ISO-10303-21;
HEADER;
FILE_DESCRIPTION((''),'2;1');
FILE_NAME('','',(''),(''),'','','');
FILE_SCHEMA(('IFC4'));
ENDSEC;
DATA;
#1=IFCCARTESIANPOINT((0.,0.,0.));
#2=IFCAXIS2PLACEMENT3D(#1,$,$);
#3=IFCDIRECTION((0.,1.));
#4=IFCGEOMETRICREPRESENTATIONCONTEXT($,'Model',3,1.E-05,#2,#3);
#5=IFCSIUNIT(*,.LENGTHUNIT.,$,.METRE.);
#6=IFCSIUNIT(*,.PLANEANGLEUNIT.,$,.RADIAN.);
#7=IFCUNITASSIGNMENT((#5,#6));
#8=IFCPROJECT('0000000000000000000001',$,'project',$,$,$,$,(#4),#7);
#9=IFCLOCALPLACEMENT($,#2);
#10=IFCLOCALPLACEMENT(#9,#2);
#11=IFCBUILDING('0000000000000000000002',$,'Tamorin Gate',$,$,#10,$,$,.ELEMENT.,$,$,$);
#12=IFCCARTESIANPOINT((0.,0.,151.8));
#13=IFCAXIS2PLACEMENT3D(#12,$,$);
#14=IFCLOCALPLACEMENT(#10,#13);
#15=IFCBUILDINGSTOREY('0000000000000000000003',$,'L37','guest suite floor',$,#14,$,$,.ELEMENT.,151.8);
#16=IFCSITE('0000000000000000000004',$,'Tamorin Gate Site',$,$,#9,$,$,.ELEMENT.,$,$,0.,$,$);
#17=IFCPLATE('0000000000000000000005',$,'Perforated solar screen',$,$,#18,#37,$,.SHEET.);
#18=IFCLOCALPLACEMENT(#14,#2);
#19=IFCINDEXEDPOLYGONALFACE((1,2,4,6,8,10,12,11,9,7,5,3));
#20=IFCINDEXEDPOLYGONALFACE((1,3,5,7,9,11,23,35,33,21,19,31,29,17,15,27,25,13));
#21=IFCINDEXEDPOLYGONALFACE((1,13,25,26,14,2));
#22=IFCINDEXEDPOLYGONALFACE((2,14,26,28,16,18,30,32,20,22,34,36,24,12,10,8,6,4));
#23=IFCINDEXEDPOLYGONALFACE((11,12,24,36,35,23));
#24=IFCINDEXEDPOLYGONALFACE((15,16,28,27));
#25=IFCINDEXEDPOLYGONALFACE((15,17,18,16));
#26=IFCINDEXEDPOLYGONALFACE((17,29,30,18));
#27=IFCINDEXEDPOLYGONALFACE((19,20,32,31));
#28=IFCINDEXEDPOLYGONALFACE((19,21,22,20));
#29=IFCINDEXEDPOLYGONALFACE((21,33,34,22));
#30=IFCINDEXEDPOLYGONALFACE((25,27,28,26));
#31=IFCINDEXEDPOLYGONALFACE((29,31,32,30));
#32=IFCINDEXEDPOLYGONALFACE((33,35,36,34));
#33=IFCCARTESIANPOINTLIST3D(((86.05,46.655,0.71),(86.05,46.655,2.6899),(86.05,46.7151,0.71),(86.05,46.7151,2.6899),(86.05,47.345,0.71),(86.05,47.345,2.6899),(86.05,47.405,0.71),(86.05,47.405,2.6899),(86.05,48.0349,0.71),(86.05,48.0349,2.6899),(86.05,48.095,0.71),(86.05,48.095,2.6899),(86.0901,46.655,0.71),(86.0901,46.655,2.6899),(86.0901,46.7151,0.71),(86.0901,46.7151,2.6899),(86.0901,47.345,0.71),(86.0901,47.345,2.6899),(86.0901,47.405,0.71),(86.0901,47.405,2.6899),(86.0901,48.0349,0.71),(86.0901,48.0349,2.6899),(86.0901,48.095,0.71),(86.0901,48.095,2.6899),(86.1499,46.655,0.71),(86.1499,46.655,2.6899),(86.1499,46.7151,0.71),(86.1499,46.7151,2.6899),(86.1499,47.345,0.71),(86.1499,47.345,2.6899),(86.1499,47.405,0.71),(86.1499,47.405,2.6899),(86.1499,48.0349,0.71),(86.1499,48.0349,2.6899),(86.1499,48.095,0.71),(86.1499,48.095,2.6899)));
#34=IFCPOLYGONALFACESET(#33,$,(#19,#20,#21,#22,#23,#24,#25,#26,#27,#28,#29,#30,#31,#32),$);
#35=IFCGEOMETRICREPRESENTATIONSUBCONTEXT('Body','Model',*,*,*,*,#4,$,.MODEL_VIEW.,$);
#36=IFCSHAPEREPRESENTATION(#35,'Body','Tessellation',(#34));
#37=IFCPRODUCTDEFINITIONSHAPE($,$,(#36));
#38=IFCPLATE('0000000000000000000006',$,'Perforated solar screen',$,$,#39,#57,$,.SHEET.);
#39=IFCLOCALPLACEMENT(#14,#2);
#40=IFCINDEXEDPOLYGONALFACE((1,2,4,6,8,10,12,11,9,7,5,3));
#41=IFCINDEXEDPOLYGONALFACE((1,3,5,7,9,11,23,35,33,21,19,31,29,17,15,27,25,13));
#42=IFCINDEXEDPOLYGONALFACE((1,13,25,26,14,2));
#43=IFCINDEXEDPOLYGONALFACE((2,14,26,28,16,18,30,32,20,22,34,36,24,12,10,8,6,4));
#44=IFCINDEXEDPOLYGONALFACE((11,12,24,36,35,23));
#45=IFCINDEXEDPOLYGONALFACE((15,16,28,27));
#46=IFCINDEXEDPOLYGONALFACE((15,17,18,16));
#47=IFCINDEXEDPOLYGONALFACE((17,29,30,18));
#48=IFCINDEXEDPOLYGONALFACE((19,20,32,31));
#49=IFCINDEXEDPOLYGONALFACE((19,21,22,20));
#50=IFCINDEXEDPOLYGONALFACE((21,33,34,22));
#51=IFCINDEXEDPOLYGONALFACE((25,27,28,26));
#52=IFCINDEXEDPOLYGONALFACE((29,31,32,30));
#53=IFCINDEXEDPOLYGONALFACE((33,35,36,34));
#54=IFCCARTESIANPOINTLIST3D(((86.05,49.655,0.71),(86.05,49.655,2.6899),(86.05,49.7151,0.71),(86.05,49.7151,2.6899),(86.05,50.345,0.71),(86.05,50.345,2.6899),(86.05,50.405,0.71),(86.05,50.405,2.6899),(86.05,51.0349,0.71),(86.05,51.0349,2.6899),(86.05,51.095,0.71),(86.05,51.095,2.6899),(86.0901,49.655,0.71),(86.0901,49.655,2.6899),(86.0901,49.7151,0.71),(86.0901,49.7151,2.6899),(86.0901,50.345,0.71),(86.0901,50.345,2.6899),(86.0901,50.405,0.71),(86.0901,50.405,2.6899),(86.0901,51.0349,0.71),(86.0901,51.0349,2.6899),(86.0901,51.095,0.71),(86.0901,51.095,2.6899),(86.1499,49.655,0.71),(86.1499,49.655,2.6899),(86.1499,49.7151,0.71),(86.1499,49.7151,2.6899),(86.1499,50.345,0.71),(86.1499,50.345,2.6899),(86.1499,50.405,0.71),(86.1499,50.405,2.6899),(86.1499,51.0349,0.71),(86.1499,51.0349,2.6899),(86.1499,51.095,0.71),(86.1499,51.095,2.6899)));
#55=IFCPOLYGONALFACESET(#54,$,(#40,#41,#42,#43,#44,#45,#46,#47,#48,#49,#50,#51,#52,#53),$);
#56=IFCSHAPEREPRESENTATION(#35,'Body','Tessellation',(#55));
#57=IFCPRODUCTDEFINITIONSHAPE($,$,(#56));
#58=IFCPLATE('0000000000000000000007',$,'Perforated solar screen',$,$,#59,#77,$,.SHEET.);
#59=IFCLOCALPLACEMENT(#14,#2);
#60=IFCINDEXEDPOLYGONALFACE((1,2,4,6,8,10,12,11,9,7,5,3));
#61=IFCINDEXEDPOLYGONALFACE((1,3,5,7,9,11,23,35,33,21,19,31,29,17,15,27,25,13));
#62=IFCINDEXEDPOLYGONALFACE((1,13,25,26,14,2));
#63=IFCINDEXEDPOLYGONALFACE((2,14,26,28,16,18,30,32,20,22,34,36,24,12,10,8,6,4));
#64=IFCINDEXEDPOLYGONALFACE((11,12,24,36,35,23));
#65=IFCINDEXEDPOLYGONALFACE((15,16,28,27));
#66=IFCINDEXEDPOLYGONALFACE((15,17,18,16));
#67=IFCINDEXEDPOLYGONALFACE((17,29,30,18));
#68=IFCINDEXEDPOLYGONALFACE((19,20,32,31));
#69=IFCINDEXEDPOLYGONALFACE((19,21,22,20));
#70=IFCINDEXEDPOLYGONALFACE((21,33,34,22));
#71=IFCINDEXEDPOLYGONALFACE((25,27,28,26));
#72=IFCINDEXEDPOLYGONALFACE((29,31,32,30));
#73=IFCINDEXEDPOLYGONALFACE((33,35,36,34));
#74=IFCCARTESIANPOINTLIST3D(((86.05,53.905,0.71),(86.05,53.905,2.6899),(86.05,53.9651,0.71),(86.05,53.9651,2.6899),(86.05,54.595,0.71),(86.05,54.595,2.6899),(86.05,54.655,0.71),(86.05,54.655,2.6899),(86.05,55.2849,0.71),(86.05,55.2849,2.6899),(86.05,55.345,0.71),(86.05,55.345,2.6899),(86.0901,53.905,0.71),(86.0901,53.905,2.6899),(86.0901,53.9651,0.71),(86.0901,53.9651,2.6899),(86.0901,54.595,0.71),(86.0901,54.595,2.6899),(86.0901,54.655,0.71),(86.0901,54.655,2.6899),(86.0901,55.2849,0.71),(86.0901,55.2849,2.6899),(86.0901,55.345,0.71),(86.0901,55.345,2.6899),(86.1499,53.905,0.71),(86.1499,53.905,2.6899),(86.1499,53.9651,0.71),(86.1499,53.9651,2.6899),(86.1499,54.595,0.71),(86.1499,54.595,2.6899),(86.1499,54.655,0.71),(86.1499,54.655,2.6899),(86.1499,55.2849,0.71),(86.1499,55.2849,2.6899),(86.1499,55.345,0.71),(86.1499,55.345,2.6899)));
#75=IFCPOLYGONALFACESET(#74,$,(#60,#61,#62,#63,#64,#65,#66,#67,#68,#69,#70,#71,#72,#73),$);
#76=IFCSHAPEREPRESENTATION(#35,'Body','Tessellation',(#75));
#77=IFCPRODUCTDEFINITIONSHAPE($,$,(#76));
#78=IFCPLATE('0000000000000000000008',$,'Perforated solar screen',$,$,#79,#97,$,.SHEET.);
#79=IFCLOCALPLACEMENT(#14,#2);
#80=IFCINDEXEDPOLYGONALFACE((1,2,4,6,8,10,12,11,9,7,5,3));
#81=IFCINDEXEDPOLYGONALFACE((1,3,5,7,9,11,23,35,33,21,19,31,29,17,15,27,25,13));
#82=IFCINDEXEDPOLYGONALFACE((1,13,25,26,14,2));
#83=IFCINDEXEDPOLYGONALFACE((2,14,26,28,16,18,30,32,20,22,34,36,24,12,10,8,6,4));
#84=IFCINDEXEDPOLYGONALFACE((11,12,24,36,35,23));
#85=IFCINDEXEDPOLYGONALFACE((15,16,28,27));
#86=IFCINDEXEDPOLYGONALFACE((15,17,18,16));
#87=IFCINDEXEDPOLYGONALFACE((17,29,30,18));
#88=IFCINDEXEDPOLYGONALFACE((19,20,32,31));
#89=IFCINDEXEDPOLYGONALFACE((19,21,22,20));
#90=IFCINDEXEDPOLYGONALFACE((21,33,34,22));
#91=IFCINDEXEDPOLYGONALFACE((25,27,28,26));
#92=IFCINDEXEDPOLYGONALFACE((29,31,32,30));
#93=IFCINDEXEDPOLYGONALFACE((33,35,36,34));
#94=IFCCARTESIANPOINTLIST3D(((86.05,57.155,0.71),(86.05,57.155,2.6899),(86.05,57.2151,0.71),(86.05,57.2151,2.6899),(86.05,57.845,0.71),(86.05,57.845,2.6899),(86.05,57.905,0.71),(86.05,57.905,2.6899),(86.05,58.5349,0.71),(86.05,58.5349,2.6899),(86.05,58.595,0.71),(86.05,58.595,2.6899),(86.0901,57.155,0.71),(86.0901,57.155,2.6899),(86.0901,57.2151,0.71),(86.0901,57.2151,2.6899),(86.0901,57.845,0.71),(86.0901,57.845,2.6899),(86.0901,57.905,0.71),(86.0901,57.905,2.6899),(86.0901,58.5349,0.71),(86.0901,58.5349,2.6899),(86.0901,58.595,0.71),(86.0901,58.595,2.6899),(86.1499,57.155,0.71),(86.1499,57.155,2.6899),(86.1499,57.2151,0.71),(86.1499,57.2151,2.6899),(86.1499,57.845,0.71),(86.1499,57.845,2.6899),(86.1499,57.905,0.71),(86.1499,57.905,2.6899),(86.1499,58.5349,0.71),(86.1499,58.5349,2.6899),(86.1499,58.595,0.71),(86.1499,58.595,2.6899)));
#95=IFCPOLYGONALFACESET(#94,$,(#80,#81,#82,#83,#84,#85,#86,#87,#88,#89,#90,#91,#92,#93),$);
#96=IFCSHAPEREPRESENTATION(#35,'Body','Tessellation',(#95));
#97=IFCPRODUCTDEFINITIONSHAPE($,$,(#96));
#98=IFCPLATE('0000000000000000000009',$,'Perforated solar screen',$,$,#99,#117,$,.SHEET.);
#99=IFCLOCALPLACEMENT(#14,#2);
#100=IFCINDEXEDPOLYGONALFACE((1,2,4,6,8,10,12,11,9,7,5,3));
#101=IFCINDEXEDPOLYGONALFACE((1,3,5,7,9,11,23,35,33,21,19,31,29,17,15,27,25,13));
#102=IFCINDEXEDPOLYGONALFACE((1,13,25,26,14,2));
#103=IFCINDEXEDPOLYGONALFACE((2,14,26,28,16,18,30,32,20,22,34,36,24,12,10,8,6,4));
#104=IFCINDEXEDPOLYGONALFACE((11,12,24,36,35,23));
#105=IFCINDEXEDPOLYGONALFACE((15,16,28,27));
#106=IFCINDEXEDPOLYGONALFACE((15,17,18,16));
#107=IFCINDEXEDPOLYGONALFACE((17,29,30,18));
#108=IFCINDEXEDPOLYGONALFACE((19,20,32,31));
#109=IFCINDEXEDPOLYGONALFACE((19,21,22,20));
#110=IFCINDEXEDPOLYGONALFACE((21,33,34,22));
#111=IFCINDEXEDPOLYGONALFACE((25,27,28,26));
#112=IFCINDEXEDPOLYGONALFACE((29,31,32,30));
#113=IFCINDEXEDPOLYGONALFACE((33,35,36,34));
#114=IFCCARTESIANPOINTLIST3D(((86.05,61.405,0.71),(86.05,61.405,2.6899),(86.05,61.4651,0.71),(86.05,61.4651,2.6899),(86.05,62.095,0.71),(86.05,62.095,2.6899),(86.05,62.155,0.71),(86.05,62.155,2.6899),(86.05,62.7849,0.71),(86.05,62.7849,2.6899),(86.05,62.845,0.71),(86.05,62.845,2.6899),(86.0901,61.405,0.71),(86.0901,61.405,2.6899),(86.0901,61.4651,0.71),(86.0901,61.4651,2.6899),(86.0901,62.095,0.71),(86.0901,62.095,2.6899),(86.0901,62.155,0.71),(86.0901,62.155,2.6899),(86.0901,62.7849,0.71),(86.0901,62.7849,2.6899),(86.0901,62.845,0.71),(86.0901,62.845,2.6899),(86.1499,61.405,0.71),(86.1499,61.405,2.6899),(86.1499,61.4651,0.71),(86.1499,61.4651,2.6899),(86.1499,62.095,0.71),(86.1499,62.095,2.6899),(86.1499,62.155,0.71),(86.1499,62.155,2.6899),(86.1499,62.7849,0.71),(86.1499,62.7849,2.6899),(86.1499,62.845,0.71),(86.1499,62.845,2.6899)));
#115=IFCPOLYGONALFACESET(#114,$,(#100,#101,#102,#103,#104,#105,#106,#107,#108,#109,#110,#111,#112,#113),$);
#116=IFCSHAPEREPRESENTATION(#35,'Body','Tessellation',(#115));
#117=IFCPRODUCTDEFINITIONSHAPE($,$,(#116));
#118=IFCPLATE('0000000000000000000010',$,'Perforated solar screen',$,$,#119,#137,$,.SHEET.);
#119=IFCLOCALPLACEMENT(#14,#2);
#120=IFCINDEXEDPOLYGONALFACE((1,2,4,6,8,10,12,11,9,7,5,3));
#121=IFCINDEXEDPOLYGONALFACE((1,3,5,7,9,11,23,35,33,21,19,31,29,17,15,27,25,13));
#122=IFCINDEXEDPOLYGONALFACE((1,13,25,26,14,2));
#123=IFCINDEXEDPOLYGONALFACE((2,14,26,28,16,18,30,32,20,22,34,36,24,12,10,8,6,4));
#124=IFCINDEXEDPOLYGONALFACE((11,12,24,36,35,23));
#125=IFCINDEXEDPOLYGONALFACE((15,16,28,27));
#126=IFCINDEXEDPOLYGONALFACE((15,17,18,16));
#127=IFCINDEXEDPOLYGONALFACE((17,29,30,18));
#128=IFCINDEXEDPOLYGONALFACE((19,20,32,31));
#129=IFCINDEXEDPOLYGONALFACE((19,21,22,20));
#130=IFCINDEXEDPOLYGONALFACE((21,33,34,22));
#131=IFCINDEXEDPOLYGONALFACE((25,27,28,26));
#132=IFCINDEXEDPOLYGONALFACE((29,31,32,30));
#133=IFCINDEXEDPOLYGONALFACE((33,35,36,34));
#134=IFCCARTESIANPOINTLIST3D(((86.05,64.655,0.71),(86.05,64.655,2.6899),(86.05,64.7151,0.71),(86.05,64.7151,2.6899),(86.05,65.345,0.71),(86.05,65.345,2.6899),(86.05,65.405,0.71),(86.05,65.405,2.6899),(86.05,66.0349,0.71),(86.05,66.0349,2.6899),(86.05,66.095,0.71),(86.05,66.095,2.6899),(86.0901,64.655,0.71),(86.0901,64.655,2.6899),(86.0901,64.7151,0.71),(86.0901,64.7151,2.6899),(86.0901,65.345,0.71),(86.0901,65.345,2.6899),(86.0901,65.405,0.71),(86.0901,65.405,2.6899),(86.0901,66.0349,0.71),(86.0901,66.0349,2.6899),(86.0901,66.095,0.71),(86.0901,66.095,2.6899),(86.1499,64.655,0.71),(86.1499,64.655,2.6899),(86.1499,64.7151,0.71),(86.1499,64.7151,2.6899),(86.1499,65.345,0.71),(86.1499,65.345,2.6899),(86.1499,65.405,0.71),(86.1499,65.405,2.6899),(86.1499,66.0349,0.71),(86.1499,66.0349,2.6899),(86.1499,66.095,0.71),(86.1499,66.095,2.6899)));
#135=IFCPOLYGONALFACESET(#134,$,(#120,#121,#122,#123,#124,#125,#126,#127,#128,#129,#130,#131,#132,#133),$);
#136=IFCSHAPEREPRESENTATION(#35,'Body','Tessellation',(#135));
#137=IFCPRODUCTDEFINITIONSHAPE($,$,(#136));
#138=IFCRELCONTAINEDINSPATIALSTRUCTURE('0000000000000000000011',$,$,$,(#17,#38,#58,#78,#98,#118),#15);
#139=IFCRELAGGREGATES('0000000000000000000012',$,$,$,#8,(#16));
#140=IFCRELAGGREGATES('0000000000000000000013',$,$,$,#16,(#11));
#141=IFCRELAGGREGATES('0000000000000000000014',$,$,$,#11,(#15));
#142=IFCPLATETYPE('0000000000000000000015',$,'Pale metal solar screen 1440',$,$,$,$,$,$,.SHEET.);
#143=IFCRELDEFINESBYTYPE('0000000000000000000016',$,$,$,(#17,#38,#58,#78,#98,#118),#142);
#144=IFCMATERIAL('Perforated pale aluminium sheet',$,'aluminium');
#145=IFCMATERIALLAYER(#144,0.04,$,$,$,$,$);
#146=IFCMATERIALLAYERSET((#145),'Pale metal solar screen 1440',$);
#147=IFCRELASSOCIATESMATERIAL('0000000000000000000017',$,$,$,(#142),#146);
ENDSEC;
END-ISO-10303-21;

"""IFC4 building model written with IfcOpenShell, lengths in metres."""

from ifc_helpers import new_model, si_unit, direction, frame, origin, place, context, subcontext, project, spatial, polyline, outline, extrude, material, layer, layer_set, type_object, element, save


model = new_model("IFC4")

# Units and contexts
model_context = context("Model", 3, precision=1e-05, world=origin(), true_north=direction((0.0, 1.0)))
body_context = subcontext(model_context, "Body", "Model", "MODEL_VIEW")
ifc_project = project(units=[si_unit("LENGTHUNIT", "METRE"), si_unit("PLANEANGLEUNIT", "RADIAN")], contexts=[model_context])

# Site, building, storey
site_placement = place(None, origin())
site = spatial("IfcSite", under=ifc_project, at=site_placement, Name="Tamorin Gate Site", CompositionType="ELEMENT", RefElevation=0.0)
building_placement = place(site_placement, origin())
building = spatial("IfcBuilding", under=site, at=building_placement, Name="Tamorin Gate", CompositionType="ELEMENT")
storey_placement = place(building_placement, frame((0.0, 0.0, 151.8)))
storey = spatial("IfcBuildingStorey", under=building, at=storey_placement, Name="L37", Description="guest suite floor", CompositionType="ELEMENT", Elevation=151.8)

# Plates
ifc_material_1 = material(Name="Perforated pale aluminium sheet", Category="aluminium")
ifc_layer_1 = layer(ifc_material_1, 0.04)
ifc_layer_set_1 = layer_set([ifc_layer_1], Name="Pale metal solar screen 1440")
plate_type_1 = type_object("IfcPlateType", Name="Pale metal solar screen 1440", PredefinedType="SHEET", material=ifc_layer_set_1)
plate_1_placement = place(storey_placement, frame((0.0, 0.0, 0.71)))
element("IfcPlate", 1, at=plate_1_placement, inside=storey, type_object=plate_type_1, Name="Perforated solar screen", PredefinedType="SHEET", context=body_context, shape_type="SweptSolid", body=[
    extrude(outline(polyline([(86.0901, 46.655), (86.05, 46.655), (86.05, 46.7151), (86.05, 47.345), (86.05, 47.405), (86.05, 48.0349), (86.05, 48.095), (86.05, 48.095), (86.0901, 48.095), (86.0901, 48.095), (86.1499, 48.095), (86.1499, 48.0349), (86.0901, 48.0349), (86.0901, 47.405), (86.1499, 47.405), (86.1499, 47.345), (86.0901, 47.345), (86.0901, 46.7151), (86.1499, 46.7151), (86.1499, 46.655), (86.0901, 46.655)])), origin(), (0.0, 0.0, 1.0), 1.98),
])
plate_2_placement = place(storey_placement, frame((0.0, 0.0, 0.71)))
element("IfcPlate", 2, at=plate_2_placement, inside=storey, type_object=plate_type_1, Name="Perforated solar screen", PredefinedType="SHEET", context=body_context, shape_type="SweptSolid", body=[
    extrude(outline(polyline([(86.0901, 49.655), (86.05, 49.655), (86.05, 49.7151), (86.05, 50.345), (86.05, 50.405), (86.05, 51.0349), (86.05, 51.095), (86.0901, 51.095), (86.1499, 51.095), (86.1499, 51.0349), (86.0901, 51.0349), (86.0901, 50.405), (86.1499, 50.405), (86.1499, 50.345), (86.0901, 50.345), (86.0901, 49.7151), (86.1499, 49.7151), (86.1499, 49.655), (86.0901, 49.655)])), origin(), (0.0, 0.0, 1.0), 1.98),
])
plate_3_placement = place(storey_placement, frame((0.0, 0.0, 0.71)))
element("IfcPlate", 3, at=plate_3_placement, inside=storey, type_object=plate_type_1, Name="Perforated solar screen", PredefinedType="SHEET", context=body_context, shape_type="SweptSolid", body=[
    extrude(outline(polyline([(86.0901, 53.905), (86.05, 53.905), (86.05, 53.9651), (86.05, 54.595), (86.05, 54.655), (86.05, 55.2849), (86.05, 55.345), (86.0901, 55.345), (86.1499, 55.345), (86.1499, 55.2849), (86.0901, 55.2849), (86.0901, 54.655), (86.1499, 54.655), (86.1499, 54.595), (86.0901, 54.595), (86.0901, 53.9651), (86.1499, 53.9651), (86.1499, 53.905), (86.0901, 53.905)])), origin(), (0.0, 0.0, 1.0), 1.98),
])
plate_4_placement = place(storey_placement, frame((0.0, 0.0, 0.71)))
element("IfcPlate", 4, at=plate_4_placement, inside=storey, type_object=plate_type_1, Name="Perforated solar screen", PredefinedType="SHEET", context=body_context, shape_type="SweptSolid", body=[
    extrude(outline(polyline([(86.0901, 57.155), (86.05, 57.155), (86.05, 57.2151), (86.05, 57.845), (86.05, 57.905), (86.05, 58.5349), (86.05, 58.595), (86.0901, 58.595), (86.1499, 58.595), (86.1499, 58.5349), (86.0901, 58.5349), (86.0901, 57.905), (86.1499, 57.905), (86.1499, 57.845), (86.0901, 57.845), (86.0901, 57.2151), (86.1499, 57.2151), (86.1499, 57.155), (86.0901, 57.155)])), origin(), (0.0, 0.0, 1.0), 1.98),
])
plate_5_placement = place(storey_placement, frame((0.0, 0.0, 0.71)))
element("IfcPlate", 5, at=plate_5_placement, inside=storey, type_object=plate_type_1, Name="Perforated solar screen", PredefinedType="SHEET", context=body_context, shape_type="SweptSolid", body=[
    extrude(outline(polyline([(86.0901, 61.405), (86.05, 61.405), (86.05, 61.4651), (86.05, 62.095), (86.05, 62.155), (86.05, 62.7849), (86.05, 62.845), (86.0901, 62.845), (86.1499, 62.845), (86.1499, 62.7849), (86.0901, 62.7849), (86.0901, 62.155), (86.1499, 62.155), (86.1499, 62.095), (86.0901, 62.095), (86.0901, 61.4651), (86.1499, 61.4651), (86.1499, 61.405), (86.0901, 61.405)])), origin(), (0.0, 0.0, 1.0), 1.98),
])
plate_6_placement = place(storey_placement, frame((0.0, 0.0, 0.71)))
element("IfcPlate", 6, at=plate_6_placement, inside=storey, type_object=plate_type_1, Name="Perforated solar screen", PredefinedType="SHEET", context=body_context, shape_type="SweptSolid", body=[
    extrude(outline(polyline([(86.0901, 64.655), (86.05, 64.655), (86.05, 64.7151), (86.05, 65.345), (86.05, 65.405), (86.05, 66.0349), (86.05, 66.095), (86.0901, 66.095), (86.1499, 66.095), (86.1499, 66.0349), (86.0901, 66.0349), (86.0901, 65.405), (86.1499, 65.405), (86.1499, 65.345), (86.0901, 65.345), (86.0901, 64.7151), (86.1499, 64.7151), (86.1499, 64.655), (86.0901, 64.655)])), origin(), (0.0, 0.0, 1.0), 1.98),
])

save(model, "model.ifc")
